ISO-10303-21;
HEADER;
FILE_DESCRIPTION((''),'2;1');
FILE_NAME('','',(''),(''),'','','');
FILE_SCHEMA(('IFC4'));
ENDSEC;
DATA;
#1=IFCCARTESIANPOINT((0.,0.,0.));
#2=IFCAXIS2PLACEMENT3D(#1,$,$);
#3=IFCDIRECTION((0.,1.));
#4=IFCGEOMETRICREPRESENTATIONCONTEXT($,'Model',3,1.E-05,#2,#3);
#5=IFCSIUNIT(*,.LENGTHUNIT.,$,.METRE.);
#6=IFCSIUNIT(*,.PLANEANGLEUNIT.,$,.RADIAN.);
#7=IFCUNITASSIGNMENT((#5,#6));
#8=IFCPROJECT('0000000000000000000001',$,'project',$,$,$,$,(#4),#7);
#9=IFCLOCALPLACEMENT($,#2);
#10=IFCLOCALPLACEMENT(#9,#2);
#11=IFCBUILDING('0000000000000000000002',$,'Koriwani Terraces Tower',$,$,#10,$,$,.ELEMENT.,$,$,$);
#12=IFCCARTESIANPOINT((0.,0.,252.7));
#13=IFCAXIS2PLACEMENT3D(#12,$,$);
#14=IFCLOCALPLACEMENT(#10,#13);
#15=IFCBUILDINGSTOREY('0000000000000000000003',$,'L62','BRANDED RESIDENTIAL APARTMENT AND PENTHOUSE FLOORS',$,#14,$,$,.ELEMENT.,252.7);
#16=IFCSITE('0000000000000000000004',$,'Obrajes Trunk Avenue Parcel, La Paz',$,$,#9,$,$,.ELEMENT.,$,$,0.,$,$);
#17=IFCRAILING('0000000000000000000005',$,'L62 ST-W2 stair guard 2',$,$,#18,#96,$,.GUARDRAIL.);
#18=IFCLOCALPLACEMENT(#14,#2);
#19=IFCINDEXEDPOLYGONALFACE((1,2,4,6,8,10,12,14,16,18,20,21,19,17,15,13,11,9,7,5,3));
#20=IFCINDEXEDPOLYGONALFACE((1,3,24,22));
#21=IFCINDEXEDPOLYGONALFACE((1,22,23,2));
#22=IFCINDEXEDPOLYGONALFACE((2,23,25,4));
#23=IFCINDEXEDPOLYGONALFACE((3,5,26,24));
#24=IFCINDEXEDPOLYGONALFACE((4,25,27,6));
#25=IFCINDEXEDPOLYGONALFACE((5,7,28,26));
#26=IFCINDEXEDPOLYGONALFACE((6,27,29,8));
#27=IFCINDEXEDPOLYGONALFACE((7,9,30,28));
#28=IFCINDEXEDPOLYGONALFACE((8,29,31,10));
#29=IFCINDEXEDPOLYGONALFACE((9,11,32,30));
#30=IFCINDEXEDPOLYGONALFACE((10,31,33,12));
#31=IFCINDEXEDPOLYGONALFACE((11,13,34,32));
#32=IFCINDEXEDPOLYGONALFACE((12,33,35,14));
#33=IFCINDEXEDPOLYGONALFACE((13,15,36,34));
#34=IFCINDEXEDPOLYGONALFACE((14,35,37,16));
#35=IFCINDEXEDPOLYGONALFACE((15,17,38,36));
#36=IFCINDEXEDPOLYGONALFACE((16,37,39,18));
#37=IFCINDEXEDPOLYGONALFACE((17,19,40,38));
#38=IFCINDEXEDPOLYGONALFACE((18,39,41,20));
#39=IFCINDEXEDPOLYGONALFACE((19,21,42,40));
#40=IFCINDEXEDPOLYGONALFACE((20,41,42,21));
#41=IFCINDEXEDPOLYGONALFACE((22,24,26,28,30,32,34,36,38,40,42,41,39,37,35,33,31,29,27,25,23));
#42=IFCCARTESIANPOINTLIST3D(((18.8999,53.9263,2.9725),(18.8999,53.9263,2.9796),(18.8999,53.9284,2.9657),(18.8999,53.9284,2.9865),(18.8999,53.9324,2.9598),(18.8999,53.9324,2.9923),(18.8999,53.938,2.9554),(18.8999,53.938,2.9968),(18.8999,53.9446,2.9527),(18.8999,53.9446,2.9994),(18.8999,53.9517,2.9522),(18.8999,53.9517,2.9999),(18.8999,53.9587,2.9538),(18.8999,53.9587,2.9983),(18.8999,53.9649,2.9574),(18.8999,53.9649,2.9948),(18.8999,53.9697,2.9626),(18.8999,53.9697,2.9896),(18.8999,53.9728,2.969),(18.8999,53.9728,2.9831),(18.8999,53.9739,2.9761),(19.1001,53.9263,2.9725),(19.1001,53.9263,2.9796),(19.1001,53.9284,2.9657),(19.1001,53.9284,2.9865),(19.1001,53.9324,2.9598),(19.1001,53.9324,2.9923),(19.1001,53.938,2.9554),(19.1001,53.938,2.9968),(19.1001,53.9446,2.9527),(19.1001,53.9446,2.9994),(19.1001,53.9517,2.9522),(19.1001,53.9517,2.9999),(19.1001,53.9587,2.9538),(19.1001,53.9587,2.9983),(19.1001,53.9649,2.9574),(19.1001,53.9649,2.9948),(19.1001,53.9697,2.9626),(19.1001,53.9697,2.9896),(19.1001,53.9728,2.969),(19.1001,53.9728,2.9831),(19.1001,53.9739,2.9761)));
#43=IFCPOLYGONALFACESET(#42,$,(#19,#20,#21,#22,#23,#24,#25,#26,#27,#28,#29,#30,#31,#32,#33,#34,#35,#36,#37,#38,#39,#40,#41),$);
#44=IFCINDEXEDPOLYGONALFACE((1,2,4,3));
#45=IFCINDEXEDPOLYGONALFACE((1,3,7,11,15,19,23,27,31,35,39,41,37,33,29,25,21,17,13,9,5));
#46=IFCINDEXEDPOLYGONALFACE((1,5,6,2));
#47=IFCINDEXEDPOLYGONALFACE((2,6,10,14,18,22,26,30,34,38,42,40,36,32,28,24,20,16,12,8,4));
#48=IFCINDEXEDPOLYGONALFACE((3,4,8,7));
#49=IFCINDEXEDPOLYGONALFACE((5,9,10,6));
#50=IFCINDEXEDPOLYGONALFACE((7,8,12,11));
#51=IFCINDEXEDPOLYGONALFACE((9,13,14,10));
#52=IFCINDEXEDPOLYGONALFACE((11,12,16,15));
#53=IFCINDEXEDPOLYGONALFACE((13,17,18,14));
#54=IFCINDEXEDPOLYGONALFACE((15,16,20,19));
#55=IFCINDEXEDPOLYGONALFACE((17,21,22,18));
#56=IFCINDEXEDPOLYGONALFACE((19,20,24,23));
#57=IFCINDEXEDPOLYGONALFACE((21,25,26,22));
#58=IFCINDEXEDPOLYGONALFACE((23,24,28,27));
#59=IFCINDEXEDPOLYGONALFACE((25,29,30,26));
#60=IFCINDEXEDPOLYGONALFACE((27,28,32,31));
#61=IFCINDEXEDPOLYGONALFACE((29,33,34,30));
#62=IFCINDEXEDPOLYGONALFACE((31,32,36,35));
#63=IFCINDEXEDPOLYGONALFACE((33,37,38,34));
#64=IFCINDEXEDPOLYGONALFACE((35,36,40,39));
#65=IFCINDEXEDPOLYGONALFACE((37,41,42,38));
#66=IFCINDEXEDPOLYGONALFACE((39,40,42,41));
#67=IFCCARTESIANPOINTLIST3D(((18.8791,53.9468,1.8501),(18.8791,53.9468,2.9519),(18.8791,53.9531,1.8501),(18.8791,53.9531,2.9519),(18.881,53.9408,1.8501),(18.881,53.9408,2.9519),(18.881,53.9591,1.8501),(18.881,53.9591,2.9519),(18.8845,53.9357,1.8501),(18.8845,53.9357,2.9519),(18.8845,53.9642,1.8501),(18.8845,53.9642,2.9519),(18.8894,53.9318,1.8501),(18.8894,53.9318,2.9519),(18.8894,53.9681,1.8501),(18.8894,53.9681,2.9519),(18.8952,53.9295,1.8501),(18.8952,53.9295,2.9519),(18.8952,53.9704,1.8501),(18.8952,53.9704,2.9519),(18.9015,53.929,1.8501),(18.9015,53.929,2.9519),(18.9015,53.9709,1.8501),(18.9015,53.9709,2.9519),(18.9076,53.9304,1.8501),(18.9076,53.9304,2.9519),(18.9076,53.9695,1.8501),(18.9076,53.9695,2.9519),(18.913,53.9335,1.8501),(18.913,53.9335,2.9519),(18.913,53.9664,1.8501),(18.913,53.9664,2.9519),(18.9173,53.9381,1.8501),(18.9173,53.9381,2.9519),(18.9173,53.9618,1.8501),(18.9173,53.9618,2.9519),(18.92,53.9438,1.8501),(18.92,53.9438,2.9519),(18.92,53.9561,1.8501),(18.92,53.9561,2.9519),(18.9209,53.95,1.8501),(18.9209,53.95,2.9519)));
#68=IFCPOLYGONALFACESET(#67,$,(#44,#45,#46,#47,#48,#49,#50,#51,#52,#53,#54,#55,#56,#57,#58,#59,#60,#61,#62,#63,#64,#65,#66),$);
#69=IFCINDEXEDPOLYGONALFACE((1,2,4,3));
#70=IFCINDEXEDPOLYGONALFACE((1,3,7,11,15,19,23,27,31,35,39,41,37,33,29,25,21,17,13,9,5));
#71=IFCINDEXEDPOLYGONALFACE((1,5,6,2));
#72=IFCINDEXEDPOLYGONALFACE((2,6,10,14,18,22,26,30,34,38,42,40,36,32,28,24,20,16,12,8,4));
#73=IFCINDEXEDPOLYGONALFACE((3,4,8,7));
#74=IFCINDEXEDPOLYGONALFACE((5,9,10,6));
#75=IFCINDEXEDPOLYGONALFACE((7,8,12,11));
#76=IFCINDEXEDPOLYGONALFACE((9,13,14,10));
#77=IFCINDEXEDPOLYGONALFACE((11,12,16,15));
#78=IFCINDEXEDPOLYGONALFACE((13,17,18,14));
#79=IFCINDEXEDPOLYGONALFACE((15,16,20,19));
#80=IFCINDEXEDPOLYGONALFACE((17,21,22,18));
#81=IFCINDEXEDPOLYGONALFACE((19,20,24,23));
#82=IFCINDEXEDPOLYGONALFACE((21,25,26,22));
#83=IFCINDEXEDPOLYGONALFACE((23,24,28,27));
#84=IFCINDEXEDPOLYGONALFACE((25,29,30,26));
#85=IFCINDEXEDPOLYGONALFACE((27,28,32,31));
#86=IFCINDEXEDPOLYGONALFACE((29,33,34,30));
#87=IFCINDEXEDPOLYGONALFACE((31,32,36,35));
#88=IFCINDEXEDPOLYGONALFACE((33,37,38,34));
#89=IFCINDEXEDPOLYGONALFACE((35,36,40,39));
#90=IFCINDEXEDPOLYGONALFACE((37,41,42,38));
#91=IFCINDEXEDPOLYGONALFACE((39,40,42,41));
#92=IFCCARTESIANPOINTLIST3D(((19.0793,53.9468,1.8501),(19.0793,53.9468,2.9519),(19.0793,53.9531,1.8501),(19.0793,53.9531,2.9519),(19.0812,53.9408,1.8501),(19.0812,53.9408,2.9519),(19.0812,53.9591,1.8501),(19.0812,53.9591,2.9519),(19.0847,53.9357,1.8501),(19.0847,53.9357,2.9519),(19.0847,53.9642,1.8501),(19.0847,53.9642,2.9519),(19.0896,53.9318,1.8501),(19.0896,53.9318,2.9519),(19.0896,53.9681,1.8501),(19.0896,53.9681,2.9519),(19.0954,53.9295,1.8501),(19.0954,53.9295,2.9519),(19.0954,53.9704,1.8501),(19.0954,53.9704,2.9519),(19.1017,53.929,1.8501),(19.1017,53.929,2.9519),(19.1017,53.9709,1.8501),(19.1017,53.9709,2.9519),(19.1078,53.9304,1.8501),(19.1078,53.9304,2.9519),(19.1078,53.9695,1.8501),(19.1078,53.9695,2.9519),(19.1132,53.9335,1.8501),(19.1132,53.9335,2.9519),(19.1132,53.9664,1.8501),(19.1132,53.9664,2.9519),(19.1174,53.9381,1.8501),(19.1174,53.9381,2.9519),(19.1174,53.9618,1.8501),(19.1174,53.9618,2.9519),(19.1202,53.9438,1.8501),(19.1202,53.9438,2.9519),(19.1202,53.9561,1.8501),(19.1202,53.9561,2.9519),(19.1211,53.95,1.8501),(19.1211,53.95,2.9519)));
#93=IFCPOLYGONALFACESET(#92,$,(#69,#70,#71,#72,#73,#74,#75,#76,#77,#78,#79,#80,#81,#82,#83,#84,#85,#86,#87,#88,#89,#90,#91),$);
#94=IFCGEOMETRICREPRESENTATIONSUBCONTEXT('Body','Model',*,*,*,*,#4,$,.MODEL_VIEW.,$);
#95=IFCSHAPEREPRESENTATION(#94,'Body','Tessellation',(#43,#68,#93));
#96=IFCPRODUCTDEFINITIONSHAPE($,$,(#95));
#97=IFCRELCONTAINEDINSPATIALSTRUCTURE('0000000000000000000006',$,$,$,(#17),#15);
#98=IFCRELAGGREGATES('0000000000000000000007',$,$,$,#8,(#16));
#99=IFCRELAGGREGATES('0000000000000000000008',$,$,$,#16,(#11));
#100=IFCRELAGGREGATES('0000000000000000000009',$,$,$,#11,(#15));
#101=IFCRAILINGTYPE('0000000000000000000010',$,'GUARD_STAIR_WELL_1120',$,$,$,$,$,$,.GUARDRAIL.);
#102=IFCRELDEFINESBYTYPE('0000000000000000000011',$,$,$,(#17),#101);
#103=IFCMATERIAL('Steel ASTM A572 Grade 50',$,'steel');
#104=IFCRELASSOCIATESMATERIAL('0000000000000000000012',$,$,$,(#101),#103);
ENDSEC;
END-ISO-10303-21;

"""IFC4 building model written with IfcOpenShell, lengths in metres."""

from ifc_helpers import new_model, si_unit, direction, frame, origin, origin_2d, place, context, subcontext, project, spatial, circle, extrude, material, type_object, element, save


model = new_model("IFC4")

# Units and contexts
model_context = context("Model", 3, precision=1e-05, world=origin(), true_north=direction((0.0, 1.0)))
body_context = subcontext(model_context, "Body", "Model", "MODEL_VIEW")
ifc_project = project(units=[si_unit("LENGTHUNIT", "METRE"), si_unit("PLANEANGLEUNIT", "RADIAN")], contexts=[model_context])

# Site, building, storey
site_placement = place(None, origin())
site = spatial("IfcSite", under=ifc_project, at=site_placement, Name="Obrajes Trunk Avenue Parcel, La Paz", CompositionType="ELEMENT", RefElevation=0.0)
building_placement = place(site_placement, origin())
building = spatial("IfcBuilding", under=site, at=building_placement, Name="Koriwani Terraces Tower", CompositionType="ELEMENT")
storey_placement = place(building_placement, frame((0.0, 0.0, 252.7)))
storey = spatial("IfcBuildingStorey", under=building, at=storey_placement, Name="L62", Description="BRANDED RESIDENTIAL APARTMENT AND PENTHOUSE FLOORS", CompositionType="ELEMENT", Elevation=252.7)

# Shared definitions
ifc_material_1 = material(Name="Steel ASTM A572 Grade 50", Category="steel")

# Railing
railing_type_1 = type_object("IfcRailingType", Name="GUARD_STAIR_WELL_1120", PredefinedType="GUARDRAIL", material=ifc_material_1)
railing_1_placement = place(storey_placement, frame((18.8999, 53.95, 1.8501)))
element("IfcRailing", 1, at=railing_1_placement, inside=storey, type_object=railing_type_1, Name="L62 ST-W2 stair guard 2", PredefinedType="GUARDRAIL", context=body_context, shape_type="SweptSolid", body=[
    extrude(circle(Radius=0.0239, at=origin_2d()), frame((0.0, 0.0, 1.126), z_axis=(1.0, 0.0, 0.0), x_axis=(0.0, 1.0, 0.0)), (0.0, 0.0, 1.0), 0.2002),
    extrude(circle(Radius=0.021, at=origin_2d()), origin(), (0.0, 0.0, 1.0), 1.1018),
    extrude(circle(Radius=0.021, at=origin_2d()), frame((0.2002, 0.0, 0.0)), (0.0, 0.0, 1.0), 1.1018),
])

save(model, "model.ifc")
